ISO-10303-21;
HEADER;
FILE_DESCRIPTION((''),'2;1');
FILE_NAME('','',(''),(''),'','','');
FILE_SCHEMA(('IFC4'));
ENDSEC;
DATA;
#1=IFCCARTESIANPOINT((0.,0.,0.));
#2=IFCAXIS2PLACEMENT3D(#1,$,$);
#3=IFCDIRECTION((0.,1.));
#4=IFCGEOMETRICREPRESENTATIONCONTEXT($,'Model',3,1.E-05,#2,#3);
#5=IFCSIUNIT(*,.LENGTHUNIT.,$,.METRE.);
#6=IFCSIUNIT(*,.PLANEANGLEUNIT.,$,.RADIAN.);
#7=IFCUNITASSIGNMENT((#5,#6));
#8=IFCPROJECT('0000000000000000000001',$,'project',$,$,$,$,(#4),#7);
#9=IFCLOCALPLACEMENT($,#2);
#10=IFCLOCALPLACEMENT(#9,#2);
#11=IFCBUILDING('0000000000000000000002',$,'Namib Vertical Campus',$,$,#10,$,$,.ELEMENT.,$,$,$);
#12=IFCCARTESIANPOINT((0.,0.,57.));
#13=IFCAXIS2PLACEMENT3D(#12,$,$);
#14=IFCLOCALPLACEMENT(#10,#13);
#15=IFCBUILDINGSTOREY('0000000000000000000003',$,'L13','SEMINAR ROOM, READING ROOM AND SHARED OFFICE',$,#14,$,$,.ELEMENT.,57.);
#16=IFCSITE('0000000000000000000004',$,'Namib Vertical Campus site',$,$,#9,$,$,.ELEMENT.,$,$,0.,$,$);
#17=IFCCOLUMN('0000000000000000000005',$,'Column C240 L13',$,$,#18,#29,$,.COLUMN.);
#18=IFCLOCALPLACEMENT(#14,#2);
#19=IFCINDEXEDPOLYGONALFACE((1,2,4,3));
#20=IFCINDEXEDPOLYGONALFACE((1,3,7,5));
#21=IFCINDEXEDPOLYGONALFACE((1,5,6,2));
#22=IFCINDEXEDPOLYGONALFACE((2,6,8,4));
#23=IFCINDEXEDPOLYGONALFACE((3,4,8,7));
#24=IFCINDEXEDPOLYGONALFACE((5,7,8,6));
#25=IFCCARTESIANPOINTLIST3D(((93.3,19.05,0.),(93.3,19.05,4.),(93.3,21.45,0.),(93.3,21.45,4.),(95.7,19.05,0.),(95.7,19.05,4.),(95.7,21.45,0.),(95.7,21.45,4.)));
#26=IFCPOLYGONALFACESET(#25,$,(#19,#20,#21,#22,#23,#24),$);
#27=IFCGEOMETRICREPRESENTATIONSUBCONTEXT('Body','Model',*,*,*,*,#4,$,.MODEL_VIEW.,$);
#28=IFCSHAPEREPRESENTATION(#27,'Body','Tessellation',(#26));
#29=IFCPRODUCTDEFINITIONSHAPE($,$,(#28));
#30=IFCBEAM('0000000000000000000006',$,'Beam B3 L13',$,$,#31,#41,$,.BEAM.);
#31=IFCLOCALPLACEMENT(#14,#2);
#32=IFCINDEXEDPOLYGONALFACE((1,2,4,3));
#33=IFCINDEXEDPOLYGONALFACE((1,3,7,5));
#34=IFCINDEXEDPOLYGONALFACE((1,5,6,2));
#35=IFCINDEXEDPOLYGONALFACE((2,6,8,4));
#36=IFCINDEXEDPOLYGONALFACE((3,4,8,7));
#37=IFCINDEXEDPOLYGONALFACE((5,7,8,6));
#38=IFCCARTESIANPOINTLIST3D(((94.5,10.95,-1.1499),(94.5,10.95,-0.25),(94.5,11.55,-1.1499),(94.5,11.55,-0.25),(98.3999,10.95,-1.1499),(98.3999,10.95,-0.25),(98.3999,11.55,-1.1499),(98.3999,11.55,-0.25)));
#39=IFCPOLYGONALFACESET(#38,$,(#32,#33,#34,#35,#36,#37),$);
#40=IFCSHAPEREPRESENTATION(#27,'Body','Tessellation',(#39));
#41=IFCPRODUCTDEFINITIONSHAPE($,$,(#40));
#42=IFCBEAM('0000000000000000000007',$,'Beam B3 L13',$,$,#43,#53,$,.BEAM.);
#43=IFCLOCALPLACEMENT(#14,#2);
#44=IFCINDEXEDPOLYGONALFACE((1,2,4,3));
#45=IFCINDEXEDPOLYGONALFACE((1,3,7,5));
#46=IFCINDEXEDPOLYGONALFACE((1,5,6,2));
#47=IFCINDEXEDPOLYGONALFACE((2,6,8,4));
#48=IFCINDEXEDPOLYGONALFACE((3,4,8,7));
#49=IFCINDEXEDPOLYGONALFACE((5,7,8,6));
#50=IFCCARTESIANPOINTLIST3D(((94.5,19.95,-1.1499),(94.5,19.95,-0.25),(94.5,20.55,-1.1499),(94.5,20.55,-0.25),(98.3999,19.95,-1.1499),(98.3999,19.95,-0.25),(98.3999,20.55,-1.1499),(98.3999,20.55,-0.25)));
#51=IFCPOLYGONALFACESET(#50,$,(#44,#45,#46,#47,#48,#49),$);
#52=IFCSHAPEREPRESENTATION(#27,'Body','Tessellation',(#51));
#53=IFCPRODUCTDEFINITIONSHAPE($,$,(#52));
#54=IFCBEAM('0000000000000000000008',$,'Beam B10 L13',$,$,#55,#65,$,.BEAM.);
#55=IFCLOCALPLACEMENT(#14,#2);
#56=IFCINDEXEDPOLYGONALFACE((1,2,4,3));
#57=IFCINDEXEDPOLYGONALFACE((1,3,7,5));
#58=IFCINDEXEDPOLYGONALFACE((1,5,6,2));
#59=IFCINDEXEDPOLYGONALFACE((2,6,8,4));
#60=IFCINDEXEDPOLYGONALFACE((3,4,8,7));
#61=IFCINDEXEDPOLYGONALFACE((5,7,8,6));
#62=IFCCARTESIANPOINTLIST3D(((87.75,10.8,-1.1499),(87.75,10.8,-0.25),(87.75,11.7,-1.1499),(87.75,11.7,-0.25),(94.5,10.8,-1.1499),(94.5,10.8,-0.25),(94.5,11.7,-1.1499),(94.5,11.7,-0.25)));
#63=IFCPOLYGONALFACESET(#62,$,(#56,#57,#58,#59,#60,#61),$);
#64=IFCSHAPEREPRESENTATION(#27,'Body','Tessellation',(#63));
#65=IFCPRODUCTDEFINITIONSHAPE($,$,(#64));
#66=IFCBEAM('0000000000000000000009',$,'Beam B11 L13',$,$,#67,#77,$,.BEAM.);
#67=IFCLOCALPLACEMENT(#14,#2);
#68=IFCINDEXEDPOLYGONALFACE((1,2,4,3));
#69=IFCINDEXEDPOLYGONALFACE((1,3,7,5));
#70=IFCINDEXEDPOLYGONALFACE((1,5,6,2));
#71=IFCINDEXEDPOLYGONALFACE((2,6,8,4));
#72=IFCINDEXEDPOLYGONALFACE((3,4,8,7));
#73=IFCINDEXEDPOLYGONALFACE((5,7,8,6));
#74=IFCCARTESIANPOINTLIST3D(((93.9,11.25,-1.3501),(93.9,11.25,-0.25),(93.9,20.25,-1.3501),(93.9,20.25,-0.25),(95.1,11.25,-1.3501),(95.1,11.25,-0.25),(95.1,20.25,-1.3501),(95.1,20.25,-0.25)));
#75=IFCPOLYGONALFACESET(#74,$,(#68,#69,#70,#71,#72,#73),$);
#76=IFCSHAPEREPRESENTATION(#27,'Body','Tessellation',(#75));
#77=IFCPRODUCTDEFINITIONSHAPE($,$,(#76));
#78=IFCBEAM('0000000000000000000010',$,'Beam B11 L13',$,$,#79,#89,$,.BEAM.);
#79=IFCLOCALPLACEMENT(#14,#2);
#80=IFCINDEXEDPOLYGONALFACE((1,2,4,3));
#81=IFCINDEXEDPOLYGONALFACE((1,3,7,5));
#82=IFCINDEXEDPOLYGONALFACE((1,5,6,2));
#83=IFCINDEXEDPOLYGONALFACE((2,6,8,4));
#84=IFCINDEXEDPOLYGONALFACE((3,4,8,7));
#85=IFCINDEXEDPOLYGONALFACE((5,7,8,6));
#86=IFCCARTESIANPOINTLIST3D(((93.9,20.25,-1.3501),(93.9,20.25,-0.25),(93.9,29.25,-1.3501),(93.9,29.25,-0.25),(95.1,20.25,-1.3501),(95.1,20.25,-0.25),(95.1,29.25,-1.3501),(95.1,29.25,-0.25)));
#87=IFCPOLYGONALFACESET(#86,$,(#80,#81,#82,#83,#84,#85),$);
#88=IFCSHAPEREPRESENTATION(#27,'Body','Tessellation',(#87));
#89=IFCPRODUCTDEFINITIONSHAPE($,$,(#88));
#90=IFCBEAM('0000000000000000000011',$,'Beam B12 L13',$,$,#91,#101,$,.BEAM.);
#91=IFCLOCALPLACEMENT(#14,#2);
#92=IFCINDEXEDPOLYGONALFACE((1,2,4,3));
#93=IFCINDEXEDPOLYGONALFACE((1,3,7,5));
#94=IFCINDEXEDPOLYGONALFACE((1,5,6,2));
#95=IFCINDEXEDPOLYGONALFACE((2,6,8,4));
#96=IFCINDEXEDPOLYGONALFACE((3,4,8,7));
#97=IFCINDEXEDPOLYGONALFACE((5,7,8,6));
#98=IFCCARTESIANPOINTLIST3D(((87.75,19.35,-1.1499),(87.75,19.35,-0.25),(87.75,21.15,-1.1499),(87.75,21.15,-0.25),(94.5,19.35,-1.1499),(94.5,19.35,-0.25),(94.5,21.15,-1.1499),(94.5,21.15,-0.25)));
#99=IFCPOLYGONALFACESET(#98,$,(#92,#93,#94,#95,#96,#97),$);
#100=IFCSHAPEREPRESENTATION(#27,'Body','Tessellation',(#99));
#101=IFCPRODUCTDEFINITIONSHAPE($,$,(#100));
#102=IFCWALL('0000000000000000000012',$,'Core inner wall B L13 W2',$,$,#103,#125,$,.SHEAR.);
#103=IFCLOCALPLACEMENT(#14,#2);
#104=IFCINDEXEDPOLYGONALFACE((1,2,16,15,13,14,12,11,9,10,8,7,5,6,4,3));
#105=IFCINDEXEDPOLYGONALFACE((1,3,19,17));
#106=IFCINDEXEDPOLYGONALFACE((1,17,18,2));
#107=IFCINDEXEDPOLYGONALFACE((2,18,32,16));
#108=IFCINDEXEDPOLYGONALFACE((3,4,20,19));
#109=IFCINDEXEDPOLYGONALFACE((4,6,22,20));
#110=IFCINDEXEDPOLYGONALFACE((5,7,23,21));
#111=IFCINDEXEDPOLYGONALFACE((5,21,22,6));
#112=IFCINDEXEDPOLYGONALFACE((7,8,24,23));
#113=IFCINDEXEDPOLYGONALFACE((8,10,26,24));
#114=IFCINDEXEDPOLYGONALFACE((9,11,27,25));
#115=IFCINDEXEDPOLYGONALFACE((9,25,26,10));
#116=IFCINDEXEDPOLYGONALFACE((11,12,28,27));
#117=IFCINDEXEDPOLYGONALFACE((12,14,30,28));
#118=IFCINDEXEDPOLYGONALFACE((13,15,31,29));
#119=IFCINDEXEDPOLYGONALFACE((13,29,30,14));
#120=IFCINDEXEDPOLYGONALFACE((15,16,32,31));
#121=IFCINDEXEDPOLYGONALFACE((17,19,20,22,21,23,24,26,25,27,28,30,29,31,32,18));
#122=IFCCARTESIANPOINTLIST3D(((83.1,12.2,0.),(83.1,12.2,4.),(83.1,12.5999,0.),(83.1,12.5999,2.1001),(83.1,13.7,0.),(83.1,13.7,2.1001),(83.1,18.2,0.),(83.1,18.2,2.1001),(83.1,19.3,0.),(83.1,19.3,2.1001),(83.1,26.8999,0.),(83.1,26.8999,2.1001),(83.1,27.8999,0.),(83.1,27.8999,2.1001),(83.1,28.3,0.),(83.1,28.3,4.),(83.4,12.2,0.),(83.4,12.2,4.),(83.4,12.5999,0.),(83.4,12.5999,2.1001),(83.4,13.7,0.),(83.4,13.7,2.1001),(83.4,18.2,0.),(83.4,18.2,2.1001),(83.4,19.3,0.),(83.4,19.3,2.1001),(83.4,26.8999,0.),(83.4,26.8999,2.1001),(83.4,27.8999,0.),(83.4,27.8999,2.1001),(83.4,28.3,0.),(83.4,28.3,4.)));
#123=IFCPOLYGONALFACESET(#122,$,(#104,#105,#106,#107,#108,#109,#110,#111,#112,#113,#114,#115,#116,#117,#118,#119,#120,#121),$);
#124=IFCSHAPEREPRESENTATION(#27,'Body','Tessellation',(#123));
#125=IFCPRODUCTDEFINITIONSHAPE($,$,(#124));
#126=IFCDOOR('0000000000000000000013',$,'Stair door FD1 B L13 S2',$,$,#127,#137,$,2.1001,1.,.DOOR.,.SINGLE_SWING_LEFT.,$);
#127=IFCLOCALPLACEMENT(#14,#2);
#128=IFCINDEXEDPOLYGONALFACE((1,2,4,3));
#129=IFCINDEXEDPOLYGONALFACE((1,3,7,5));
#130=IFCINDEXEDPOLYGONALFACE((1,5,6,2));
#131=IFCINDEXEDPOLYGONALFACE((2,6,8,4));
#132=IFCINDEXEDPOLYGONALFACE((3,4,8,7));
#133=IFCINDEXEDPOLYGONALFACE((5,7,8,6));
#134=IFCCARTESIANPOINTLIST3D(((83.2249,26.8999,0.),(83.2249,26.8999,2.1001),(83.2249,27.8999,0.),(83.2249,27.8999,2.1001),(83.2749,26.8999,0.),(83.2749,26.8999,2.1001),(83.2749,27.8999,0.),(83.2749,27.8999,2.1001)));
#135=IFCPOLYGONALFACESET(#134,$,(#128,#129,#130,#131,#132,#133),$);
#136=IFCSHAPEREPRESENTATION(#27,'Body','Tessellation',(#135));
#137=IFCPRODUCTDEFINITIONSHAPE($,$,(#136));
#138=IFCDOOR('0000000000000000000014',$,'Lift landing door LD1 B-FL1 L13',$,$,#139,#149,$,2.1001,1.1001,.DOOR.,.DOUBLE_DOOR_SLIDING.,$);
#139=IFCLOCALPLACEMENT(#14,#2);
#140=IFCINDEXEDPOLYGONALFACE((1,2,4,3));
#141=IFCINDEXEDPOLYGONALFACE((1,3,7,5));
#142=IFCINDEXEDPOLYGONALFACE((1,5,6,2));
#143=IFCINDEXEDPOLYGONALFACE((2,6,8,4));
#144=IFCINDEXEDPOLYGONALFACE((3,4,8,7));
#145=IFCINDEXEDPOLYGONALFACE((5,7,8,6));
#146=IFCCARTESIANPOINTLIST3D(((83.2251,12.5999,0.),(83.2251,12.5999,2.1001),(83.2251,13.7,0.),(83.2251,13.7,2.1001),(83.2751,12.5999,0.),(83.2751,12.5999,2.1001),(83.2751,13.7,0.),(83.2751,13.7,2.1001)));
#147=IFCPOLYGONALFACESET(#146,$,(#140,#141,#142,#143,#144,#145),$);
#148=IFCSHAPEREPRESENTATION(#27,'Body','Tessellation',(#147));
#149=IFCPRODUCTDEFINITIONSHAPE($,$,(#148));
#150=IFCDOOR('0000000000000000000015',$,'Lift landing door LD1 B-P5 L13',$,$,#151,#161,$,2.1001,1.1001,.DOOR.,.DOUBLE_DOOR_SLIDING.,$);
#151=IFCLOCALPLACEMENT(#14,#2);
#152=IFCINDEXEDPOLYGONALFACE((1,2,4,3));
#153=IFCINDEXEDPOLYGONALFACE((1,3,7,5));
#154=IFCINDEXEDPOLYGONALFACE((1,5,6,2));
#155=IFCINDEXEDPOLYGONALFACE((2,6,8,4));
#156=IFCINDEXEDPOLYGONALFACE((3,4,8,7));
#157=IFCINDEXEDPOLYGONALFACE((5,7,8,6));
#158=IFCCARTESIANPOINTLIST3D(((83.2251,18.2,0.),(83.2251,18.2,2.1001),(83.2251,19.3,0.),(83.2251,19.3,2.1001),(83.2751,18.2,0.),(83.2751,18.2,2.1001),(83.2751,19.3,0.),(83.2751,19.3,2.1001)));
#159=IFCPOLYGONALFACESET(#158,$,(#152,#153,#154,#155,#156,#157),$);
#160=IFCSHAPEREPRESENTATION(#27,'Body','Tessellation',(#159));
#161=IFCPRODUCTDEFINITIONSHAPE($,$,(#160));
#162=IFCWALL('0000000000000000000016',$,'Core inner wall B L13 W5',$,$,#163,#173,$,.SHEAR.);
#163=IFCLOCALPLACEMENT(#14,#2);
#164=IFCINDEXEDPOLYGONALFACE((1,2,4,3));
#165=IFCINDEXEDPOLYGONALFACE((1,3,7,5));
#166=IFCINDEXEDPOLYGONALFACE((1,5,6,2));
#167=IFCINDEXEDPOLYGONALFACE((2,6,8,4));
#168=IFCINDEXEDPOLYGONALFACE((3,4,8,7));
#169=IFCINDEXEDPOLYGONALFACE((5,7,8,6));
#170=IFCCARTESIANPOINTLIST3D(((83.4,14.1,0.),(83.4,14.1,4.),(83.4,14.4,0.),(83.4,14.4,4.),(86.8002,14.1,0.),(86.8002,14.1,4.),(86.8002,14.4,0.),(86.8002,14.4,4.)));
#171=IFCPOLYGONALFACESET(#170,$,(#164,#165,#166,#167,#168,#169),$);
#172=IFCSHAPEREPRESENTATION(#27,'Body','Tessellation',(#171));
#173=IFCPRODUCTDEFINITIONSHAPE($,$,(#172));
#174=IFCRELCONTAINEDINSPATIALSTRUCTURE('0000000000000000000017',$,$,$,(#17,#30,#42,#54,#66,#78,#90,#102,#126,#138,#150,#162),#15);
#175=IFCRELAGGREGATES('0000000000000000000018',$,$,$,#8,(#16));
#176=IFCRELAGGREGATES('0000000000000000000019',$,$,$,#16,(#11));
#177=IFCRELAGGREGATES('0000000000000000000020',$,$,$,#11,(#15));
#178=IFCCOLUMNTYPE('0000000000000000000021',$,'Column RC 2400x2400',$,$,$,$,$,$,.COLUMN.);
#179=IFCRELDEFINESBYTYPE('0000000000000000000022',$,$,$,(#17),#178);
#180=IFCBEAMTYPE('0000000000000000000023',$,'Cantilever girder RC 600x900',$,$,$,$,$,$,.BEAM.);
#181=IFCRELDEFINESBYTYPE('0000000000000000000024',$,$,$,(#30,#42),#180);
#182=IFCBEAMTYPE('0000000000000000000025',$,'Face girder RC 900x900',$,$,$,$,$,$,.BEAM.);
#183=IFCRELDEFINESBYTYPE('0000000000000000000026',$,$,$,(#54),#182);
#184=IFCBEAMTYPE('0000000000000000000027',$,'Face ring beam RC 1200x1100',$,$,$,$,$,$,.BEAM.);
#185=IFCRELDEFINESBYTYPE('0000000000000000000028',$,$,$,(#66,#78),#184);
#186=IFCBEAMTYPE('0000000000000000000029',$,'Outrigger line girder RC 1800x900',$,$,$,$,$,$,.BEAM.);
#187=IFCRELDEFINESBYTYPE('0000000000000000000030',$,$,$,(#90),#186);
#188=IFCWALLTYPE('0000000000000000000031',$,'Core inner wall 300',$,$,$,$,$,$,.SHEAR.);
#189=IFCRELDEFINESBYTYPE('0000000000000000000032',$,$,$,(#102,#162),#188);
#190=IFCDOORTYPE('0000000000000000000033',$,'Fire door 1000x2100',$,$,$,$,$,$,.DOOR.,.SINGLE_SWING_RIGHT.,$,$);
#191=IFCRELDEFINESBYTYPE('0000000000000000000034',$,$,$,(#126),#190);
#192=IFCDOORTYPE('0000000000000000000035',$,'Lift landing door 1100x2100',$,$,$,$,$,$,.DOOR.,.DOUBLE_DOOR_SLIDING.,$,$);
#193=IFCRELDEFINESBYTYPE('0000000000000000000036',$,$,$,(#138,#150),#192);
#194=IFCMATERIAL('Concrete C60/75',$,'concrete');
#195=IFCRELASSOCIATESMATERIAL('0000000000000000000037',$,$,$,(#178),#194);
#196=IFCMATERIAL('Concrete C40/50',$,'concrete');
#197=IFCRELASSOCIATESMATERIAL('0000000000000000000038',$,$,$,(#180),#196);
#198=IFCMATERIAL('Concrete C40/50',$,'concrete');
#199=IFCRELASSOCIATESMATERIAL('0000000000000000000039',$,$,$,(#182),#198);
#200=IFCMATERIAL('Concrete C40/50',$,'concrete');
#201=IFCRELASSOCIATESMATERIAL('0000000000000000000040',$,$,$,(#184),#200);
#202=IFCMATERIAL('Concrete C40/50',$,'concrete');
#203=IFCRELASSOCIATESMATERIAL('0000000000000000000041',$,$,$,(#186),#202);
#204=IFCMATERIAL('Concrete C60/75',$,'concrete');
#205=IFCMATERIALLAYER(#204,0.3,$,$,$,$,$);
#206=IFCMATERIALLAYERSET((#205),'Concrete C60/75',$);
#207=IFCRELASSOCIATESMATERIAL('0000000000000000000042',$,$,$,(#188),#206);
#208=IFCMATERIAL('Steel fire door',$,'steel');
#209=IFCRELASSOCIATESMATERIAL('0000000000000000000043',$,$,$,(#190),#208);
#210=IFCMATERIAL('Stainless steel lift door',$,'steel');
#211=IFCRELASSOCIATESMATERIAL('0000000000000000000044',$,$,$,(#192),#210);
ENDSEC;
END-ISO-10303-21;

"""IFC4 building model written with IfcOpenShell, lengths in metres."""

from ifc_helpers import new_model, si_unit, direction, frame, frame_2d, origin, origin_2d, place, context, subcontext, project, spatial, rectangle, extrude, material, layer, layer_set, material_profile, profile_set, type_object, element, fill, save


model = new_model("IFC4")

# Units and contexts
model_context = context("Model", 3, precision=1e-05, world=origin(), true_north=direction((0.0, 1.0)))
body_context = subcontext(model_context, "Body", "Model", "MODEL_VIEW")
ifc_project = project(units=[si_unit("LENGTHUNIT", "METRE"), si_unit("PLANEANGLEUNIT", "RADIAN")], contexts=[model_context])

# Site, building, storey
site_placement = place(None, origin())
site = spatial("IfcSite", under=ifc_project, at=site_placement, Name="Namib Vertical Campus site", CompositionType="ELEMENT", RefElevation=0.0)
building_placement = place(site_placement, origin())
building = spatial("IfcBuilding", under=site, at=building_placement, Name="Namib Vertical Campus", CompositionType="ELEMENT")
storey_placement = place(building_placement, frame((0.0, 0.0, 57.0)))
storey = spatial("IfcBuildingStorey", under=building, at=storey_placement, Name="L13", Description="SEMINAR ROOM, READING ROOM AND SHARED OFFICE", CompositionType="ELEMENT", Elevation=57.0)

# Column
ifc_material_1 = material(Name="Concrete C60/75", Category="concrete")
ifc_material_profile_1 = material_profile(ifc_material_1, rectangle(XDim=2.3999, YDim=2.3999, at=origin_2d()))
ifc_profile_set_1 = profile_set([ifc_material_profile_1], Name="Concrete C60/75")
column_type = type_object("IfcColumnType", Name="Column RC 2400x2400", PredefinedType="COLUMN", material=ifc_profile_set_1)
column_placement = place(storey_placement, frame((94.5, 20.25, 0.0), z_axis=(0.0, 0.0, 1.0), x_axis=(1.0, 0.0, 0.0)))
element("IfcColumn", 1, at=column_placement, inside=storey, type_object=column_type, Name="Column C240 L13", PredefinedType="COLUMN", context=body_context, shape_type="SweptSolid", body=[
    extrude(rectangle(XDim=2.3999, YDim=2.3999, at=origin_2d()), origin(), (0.0, 0.0, 1.0), 4.0),
])

# Beams
ifc_material_2 = material(Name="Concrete C40/50", Category="concrete")
ifc_material_profile_2 = material_profile(ifc_material_2, rectangle(XDim=0.6001, YDim=0.8999, at=origin_2d()))
ifc_profile_set_2 = profile_set([ifc_material_profile_2], Name="Concrete C40/50")
beam_type_1 = type_object("IfcBeamType", Name="Cantilever girder RC 600x900", PredefinedType="BEAM", material=ifc_profile_set_2)
for number, where, z_axis, x_axis, name in (
    (2, (94.5, 11.25, -0.7), (1.0, 0.0, 0.0), (0.0, 1.0, 0.0), "Beam B3 L13"),
    (3, (94.5, 20.25, -0.7), (1.0, 0.0, 0.0), (0.0, 1.0, 0.0), "Beam B3 L13"),
):
    element("IfcBeam", number, at=place(storey_placement, frame(where, z_axis=z_axis, x_axis=x_axis)), inside=storey, type_object=beam_type_1, Name=name, PredefinedType="BEAM", context=body_context, shape_type="SweptSolid", body=[
        extrude(rectangle(XDim=0.6001, YDim=0.8999, at=origin_2d()), origin(), (0.0, 0.0, 1.0), 3.8999),
    ])
ifc_material_3 = material(Name="Concrete C40/50", Category="concrete")
ifc_material_profile_3 = material_profile(ifc_material_3, rectangle(XDim=0.8999, YDim=0.8999, at=origin_2d()))
ifc_profile_set_3 = profile_set([ifc_material_profile_3], Name="Concrete C40/50")
beam_type_2 = type_object("IfcBeamType", Name="Face girder RC 900x900", PredefinedType="BEAM", material=ifc_profile_set_3)
beam_1_placement = place(storey_placement, frame((94.5, 11.25, -0.7), z_axis=(-1.0, 0.0, 0.0), x_axis=(0.0, -1.0, 0.0)))
element("IfcBeam", 4, at=beam_1_placement, inside=storey, type_object=beam_type_2, Name="Beam B10 L13", PredefinedType="BEAM", context=body_context, shape_type="SweptSolid", body=[
    extrude(rectangle(XDim=0.8999, YDim=0.8999, at=origin_2d()), origin(), (0.0, 0.0, 1.0), 6.75),
])
ifc_material_4 = material(Name="Concrete C40/50", Category="concrete")
ifc_material_profile_4 = material_profile(ifc_material_4, rectangle(XDim=1.2, YDim=1.1001, at=origin_2d()))
ifc_profile_set_4 = profile_set([ifc_material_profile_4], Name="Concrete C40/50")
beam_type_3 = type_object("IfcBeamType", Name="Face ring beam RC 1200x1100", PredefinedType="BEAM", material=ifc_profile_set_4)
for number, where, z_axis, x_axis, name in (
    (5, (94.5, 11.25, -0.8), (0.0, 1.0, 0.0), (-1.0, 0.0, 0.0), "Beam B11 L13"),
    (6, (94.5, 20.25, -0.8), (0.0, 1.0, 0.0), (-1.0, 0.0, 0.0), "Beam B11 L13"),
):
    element("IfcBeam", number, at=place(storey_placement, frame(where, z_axis=z_axis, x_axis=x_axis)), inside=storey, type_object=beam_type_3, Name=name, PredefinedType="BEAM", context=body_context, shape_type="SweptSolid", body=[
        extrude(rectangle(XDim=1.2, YDim=1.1001, at=origin_2d()), origin(), (0.0, 0.0, 1.0), 9.0),
    ])
ifc_material_5 = material(Name="Concrete C40/50", Category="concrete")
ifc_material_profile_5 = material_profile(ifc_material_5, rectangle(XDim=1.8, YDim=0.8999, at=origin_2d()))
ifc_profile_set_5 = profile_set([ifc_material_profile_5], Name="Concrete C40/50")
beam_type_4 = type_object("IfcBeamType", Name="Outrigger line girder RC 1800x900", PredefinedType="BEAM", material=ifc_profile_set_5)
beam_2_placement = place(storey_placement, frame((94.5, 20.25, -0.7), z_axis=(-1.0, 0.0, 0.0), x_axis=(0.0, -1.0, 0.0)))
element("IfcBeam", 7, at=beam_2_placement, inside=storey, type_object=beam_type_4, Name="Beam B12 L13", PredefinedType="BEAM", context=body_context, shape_type="SweptSolid", body=[
    extrude(rectangle(XDim=1.8, YDim=0.8999, at=origin_2d()), origin(), (0.0, 0.0, 1.0), 6.75),
])

# Wall, openings, doors
ifc_material_6 = material(Name="Concrete C60/75", Category="concrete")
ifc_layer_1 = layer(ifc_material_6, 0.3)
ifc_layer_set_1 = layer_set([ifc_layer_1], Name="Concrete C60/75")
wall_type_1 = type_object("IfcWallType", Name="Core inner wall 300", PredefinedType="SHEAR", material=ifc_layer_set_1)
wall_1_placement = place(storey_placement, frame((83.25, 12.2, 0.0), z_axis=(0.0, 0.0, 1.0), x_axis=(0.0, 1.0, 0.0)))
wall_1 = element("IfcWall", 8, at=wall_1_placement, inside=storey, type_object=wall_type_1, Name="Core inner wall B L13 W2", PredefinedType="SHEAR", context=body_context, shape_type="SweptSolid", body=[
    extrude(rectangle(XDim=16.1001, YDim=0.3, at=frame_2d((8.05, 0.0))), origin(), (0.0, 0.0, 1.0), 4.0),
])
opening_1_placement = place(wall_1_placement, frame((14.7, 0.0, 0.0)))
opening_1 = element("IfcOpeningElement", 9, at=opening_1_placement, cuts=wall_1, PredefinedType="OPENING", context=body_context, shape_type="SweptSolid", body=[
    extrude(rectangle(XDim=1.0, YDim=2.1001, at=frame_2d((0.5, 1.05))), frame((0.0, 0.1599, 0.0), z_axis=(0.0, -1.0, 0.0), x_axis=(1.0, 0.0, 0.0)), (0.0, 0.0, 1.0), 0.3201),
])
opening_2_placement = place(wall_1_placement, frame((0.3999, 0.0, 0.0)))
opening_2 = element("IfcOpeningElement", 10, at=opening_2_placement, cuts=wall_1, PredefinedType="OPENING", context=body_context, shape_type="SweptSolid", body=[
    extrude(rectangle(XDim=1.1001, YDim=2.1001, at=frame_2d((0.55, 1.05))), frame((0.0, 0.1599, 0.0), z_axis=(0.0, -1.0, 0.0), x_axis=(1.0, 0.0, 0.0)), (0.0, 0.0, 1.0), 0.3201),
])
opening_3_placement = place(wall_1_placement, frame((6.0, 0.0, 0.0)))
opening_3 = element("IfcOpeningElement", 11, at=opening_3_placement, cuts=wall_1, PredefinedType="OPENING", context=body_context, shape_type="SweptSolid", body=[
    extrude(rectangle(XDim=1.1001, YDim=2.1001, at=frame_2d((0.55, 1.05))), frame((0.0, 0.1599, 0.0), z_axis=(0.0, -1.0, 0.0), x_axis=(1.0, 0.0, 0.0)), (0.0, 0.0, 1.0), 0.3201),
])
ifc_material_7 = material(Name="Steel fire door", Category="steel")
door_type_1 = type_object("IfcDoorType", Name="Fire door 1000x2100", OperationType="SINGLE_SWING_RIGHT", PredefinedType="DOOR", material=ifc_material_7)
door_1_placement = place(opening_1_placement, frame((1.0, 0.0, 0.0), z_axis=(0.0, 0.0, 1.0), x_axis=(-1.0, 0.0, 0.0)))
door_1 = element("IfcDoor", 12, at=door_1_placement, inside=storey, type_object=door_type_1, Name="Stair door FD1 B L13 S2", OperationType="SINGLE_SWING_LEFT", OverallHeight=2.1001, OverallWidth=1.0, PredefinedType="DOOR", context=body_context, shape_type="SweptSolid", body=[
    extrude(rectangle(XDim=1.0, YDim=2.1001, at=frame_2d((0.5, 1.05))), frame((0.0, 0.0249, 0.0), z_axis=(0.0, -1.0, 0.0), x_axis=(1.0, 0.0, 0.0)), (0.0, 0.0, 1.0), 0.05),
])
fill(opening_1, door_1)
ifc_material_8 = material(Name="Stainless steel lift door", Category="steel")
door_type_2 = type_object("IfcDoorType", Name="Lift landing door 1100x2100", OperationType="DOUBLE_DOOR_SLIDING", PredefinedType="DOOR", material=ifc_material_8)
door_2_placement = place(opening_2_placement, origin())
door_2 = element("IfcDoor", 13, at=door_2_placement, inside=storey, type_object=door_type_2, Name="Lift landing door LD1 B-FL1 L13", OperationType="DOUBLE_DOOR_SLIDING", OverallHeight=2.1001, OverallWidth=1.1001, PredefinedType="DOOR", context=body_context, shape_type="SweptSolid", body=[
    extrude(rectangle(XDim=1.1001, YDim=2.1001, at=frame_2d((0.55, 1.05))), frame((0.0, 0.0249, 0.0), z_axis=(0.0, -1.0, 0.0), x_axis=(1.0, 0.0, 0.0)), (0.0, 0.0, 1.0), 0.05),
])
fill(opening_2, door_2)
door_3_placement = place(opening_3_placement, origin())
door_3 = element("IfcDoor", 14, at=door_3_placement, inside=storey, type_object=door_type_2, Name="Lift landing door LD1 B-P5 L13", OperationType="DOUBLE_DOOR_SLIDING", OverallHeight=2.1001, OverallWidth=1.1001, PredefinedType="DOOR", context=body_context, shape_type="SweptSolid", body=[
    extrude(rectangle(XDim=1.1001, YDim=2.1001, at=frame_2d((0.55, 1.05))), frame((0.0, 0.0249, 0.0), z_axis=(0.0, -1.0, 0.0), x_axis=(1.0, 0.0, 0.0)), (0.0, 0.0, 1.0), 0.05),
])
fill(opening_3, door_3)

# Wall
for number, where, z_axis, x_axis, name in (
    (15, (83.3999, 14.25, 0.0), (0.0, 0.0, 1.0), (1.0, 0.0, 0.0), "Core inner wall B L13 W5"),
):
    element("IfcWall", number, at=place(storey_placement, frame(where, z_axis=z_axis, x_axis=x_axis)), inside=storey, type_object=wall_type_1, Name=name, PredefinedType="SHEAR", context=body_context, shape_type="SweptSolid", body=[
        extrude(rectangle(XDim=3.4001, YDim=0.3, at=frame_2d((1.7002, 0.0))), origin(), (0.0, 0.0, 1.0), 4.0),
    ])

save(model, "model.ifc")
